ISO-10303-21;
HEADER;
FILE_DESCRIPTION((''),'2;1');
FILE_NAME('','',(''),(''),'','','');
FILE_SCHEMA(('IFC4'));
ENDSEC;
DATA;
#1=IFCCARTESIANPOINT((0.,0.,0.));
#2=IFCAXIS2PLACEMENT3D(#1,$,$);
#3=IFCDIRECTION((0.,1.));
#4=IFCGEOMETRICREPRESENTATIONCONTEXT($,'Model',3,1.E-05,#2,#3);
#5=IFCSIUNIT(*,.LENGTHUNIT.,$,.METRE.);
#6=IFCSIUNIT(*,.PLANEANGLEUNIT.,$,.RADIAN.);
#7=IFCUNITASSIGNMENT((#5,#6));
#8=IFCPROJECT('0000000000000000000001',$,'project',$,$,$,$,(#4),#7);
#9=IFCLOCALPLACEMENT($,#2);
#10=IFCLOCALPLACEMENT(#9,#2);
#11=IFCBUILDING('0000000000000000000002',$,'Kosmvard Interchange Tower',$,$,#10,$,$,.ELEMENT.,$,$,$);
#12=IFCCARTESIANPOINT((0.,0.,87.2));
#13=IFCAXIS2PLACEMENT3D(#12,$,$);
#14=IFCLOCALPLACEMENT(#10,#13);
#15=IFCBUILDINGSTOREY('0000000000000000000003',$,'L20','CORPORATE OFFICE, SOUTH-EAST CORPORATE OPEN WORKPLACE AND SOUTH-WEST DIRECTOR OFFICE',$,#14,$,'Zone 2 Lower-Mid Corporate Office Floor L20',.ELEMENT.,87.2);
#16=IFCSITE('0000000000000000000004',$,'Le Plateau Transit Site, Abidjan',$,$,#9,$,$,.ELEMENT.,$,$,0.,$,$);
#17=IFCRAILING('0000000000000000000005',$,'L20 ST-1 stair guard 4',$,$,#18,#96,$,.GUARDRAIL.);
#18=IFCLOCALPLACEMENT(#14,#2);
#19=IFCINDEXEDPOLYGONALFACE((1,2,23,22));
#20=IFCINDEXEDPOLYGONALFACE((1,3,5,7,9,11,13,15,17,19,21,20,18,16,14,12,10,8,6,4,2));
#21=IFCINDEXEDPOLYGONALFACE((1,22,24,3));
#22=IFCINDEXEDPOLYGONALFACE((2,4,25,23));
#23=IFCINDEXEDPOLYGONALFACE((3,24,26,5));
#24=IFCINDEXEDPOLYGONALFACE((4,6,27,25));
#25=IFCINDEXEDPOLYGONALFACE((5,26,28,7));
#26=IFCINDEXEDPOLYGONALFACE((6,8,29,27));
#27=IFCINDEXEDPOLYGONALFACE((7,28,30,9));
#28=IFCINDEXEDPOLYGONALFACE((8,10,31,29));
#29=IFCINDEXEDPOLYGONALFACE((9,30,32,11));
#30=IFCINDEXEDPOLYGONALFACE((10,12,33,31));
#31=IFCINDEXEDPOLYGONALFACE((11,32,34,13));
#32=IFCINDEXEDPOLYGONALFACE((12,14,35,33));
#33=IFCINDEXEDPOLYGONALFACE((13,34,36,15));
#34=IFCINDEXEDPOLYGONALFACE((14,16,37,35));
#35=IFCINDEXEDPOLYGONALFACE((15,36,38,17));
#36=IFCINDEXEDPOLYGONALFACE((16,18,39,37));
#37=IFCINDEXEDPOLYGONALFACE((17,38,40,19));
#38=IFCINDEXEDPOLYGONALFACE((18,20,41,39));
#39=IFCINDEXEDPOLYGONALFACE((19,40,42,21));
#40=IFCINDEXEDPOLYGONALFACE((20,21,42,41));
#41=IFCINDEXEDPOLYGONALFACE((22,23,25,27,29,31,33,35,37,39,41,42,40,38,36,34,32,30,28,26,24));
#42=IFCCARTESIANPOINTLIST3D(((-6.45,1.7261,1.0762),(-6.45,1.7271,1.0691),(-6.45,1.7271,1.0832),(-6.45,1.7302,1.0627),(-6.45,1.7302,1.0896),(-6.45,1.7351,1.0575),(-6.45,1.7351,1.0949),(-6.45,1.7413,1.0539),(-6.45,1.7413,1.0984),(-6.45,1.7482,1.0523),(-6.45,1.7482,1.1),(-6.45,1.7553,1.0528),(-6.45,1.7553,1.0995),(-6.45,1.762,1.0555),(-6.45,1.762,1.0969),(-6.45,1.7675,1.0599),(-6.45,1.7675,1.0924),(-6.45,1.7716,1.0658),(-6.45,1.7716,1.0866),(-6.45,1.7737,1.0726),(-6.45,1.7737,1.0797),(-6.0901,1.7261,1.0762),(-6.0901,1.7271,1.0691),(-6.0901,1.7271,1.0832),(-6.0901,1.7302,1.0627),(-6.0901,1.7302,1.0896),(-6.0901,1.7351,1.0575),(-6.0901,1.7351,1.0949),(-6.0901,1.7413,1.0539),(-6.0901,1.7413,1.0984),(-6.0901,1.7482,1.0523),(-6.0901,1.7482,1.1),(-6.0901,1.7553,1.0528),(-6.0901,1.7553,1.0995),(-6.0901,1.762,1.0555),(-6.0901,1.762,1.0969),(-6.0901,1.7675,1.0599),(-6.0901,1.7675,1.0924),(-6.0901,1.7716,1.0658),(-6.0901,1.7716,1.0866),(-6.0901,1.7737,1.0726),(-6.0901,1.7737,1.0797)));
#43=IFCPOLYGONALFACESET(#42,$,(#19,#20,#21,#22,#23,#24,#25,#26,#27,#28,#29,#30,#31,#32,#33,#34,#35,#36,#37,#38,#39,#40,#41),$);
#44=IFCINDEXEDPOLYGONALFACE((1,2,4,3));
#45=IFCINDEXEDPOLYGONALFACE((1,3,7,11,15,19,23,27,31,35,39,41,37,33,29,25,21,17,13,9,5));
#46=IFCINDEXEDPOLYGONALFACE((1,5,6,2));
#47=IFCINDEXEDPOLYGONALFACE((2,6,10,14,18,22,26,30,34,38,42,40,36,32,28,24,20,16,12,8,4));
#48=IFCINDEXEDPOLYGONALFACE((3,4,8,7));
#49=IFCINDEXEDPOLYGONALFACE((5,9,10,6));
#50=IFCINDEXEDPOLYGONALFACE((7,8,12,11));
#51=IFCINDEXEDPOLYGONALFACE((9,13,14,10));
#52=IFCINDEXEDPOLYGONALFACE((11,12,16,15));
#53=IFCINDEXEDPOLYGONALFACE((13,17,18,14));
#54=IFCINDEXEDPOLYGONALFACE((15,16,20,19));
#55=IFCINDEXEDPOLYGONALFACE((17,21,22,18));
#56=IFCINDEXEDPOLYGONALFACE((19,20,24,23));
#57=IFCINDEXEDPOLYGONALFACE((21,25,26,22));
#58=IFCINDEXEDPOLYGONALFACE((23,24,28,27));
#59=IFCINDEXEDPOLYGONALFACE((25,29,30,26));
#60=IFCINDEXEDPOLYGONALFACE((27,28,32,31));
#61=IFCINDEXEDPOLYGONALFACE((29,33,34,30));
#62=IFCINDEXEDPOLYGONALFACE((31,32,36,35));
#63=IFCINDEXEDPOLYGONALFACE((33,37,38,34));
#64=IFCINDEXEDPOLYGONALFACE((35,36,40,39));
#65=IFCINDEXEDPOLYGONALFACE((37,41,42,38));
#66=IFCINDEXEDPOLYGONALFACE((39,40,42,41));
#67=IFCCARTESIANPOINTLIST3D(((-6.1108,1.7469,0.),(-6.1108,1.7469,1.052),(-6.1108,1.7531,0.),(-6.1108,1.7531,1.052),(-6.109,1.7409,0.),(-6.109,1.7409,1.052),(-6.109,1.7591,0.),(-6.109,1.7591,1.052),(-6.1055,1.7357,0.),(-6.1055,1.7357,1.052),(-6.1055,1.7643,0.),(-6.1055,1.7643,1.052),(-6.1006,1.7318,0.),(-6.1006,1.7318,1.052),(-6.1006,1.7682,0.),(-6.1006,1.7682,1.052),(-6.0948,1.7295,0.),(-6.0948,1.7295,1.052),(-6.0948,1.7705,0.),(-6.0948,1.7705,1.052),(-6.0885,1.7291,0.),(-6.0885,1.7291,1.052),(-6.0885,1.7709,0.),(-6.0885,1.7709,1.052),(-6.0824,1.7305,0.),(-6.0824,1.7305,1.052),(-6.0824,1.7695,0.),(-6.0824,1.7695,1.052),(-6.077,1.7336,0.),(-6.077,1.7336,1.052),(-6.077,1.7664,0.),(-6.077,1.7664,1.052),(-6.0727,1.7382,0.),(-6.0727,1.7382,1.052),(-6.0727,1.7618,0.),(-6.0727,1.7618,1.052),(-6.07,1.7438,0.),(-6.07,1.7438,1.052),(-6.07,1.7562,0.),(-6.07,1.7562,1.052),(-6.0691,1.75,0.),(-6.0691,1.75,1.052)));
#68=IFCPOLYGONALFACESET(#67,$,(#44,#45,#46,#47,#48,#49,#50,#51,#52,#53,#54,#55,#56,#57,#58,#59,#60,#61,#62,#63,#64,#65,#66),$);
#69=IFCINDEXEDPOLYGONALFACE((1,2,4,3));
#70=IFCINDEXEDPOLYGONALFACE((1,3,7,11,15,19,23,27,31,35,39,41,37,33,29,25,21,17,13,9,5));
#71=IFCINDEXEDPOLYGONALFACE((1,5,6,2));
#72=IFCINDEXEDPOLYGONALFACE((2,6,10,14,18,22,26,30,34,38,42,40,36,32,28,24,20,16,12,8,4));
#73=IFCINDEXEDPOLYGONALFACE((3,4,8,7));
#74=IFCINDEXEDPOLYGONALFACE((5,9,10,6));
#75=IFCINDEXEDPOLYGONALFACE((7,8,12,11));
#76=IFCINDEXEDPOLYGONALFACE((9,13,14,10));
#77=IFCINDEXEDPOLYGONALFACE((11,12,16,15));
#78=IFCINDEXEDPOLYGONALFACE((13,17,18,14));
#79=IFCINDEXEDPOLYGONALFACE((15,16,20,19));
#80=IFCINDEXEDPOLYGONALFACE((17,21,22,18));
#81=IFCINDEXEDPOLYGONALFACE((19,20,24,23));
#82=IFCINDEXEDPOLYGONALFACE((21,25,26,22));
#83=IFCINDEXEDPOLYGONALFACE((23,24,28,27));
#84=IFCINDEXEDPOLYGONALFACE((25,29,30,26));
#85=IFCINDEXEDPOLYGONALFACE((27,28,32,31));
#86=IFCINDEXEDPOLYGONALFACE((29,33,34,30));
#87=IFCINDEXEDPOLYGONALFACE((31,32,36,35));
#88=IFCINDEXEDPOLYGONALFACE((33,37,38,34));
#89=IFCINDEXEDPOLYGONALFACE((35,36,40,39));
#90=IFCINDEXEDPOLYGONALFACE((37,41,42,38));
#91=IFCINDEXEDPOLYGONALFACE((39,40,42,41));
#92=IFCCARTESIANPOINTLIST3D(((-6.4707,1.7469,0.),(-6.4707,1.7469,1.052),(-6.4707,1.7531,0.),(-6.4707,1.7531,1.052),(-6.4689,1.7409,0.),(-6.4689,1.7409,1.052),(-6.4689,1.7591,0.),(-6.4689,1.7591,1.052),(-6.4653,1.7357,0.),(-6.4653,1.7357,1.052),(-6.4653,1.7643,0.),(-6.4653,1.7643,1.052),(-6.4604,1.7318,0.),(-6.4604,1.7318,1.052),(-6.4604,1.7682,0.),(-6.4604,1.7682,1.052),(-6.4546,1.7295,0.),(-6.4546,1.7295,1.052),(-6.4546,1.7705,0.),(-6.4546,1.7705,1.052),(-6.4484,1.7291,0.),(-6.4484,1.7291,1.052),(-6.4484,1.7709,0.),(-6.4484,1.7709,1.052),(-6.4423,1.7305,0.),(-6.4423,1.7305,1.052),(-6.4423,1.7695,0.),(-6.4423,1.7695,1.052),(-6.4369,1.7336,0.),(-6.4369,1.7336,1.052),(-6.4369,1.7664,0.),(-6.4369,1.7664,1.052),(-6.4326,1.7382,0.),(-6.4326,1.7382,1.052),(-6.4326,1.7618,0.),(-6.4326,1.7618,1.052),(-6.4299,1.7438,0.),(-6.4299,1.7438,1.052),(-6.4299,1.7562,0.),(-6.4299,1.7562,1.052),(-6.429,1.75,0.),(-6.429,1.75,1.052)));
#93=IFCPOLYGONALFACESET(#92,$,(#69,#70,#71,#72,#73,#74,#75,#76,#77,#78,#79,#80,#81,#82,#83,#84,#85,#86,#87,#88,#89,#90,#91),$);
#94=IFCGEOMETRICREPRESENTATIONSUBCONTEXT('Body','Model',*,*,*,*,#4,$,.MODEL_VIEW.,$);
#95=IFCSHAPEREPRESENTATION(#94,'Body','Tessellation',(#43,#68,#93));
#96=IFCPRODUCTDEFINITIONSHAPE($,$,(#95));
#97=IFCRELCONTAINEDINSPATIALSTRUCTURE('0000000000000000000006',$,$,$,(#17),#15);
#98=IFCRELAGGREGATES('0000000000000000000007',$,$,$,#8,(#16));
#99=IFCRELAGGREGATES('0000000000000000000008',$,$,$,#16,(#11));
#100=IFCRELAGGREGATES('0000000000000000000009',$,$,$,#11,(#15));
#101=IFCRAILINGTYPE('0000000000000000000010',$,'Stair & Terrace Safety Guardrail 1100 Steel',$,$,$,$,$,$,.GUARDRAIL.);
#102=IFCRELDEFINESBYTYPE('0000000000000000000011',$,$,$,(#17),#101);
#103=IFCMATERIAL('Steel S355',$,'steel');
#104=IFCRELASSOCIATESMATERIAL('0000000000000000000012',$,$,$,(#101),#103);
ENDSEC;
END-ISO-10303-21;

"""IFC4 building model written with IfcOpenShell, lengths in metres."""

from ifc_helpers import new_model, si_unit, direction, frame, origin, origin_2d, place, context, subcontext, project, spatial, circle, extrude, source, transform, mapped, material, type_object, element, save


model = new_model("IFC4")

# Units and contexts
model_context = context("Model", 3, precision=1e-05, world=origin(), true_north=direction((0.0, 1.0)))
body_context = subcontext(model_context, "Body", "Model", "MODEL_VIEW")
ifc_project = project(units=[si_unit("LENGTHUNIT", "METRE"), si_unit("PLANEANGLEUNIT", "RADIAN")], contexts=[model_context])

# Site, building, storey
site_placement = place(None, origin())
site = spatial("IfcSite", under=ifc_project, at=site_placement, Name="Le Plateau Transit Site, Abidjan", CompositionType="ELEMENT", RefElevation=0.0)
building_placement = place(site_placement, origin())
building = spatial("IfcBuilding", under=site, at=building_placement, Name="Kosmvard Interchange Tower", CompositionType="ELEMENT")
storey_placement = place(building_placement, frame((0.0, 0.0, 87.2)))
storey = spatial("IfcBuildingStorey", under=building, at=storey_placement, Name="L20", Description="CORPORATE OFFICE, SOUTH-EAST CORPORATE OPEN WORKPLACE AND SOUTH-WEST DIRECTOR OFFICE", LongName="Zone 2 Lower-Mid Corporate Office Floor L20", CompositionType="ELEMENT", Elevation=87.2)

# Railing
ifc_material_1 = material(Name="Steel S355", Category="steel")
railing_type = type_object("IfcRailingType", Name="Stair & Terrace Safety Guardrail 1100 Steel", PredefinedType="GUARDRAIL", material=ifc_material_1)
shared_shape_1 = source(origin(), body_context, "Body", "SweptSolid", [
    extrude(circle(Radius=0.0239, at=origin_2d()), frame((0.0, 0.0, 1.0762), z_axis=(-1.0, 0.0, 0.0), x_axis=(0.0, -1.0, 0.0)), (0.0, 0.0, 1.0), 0.3599),
    extrude(circle(Radius=0.021, at=origin_2d()), origin(), (0.0, 0.0, 1.0), 1.052),
    extrude(circle(Radius=0.021, at=origin_2d()), frame((-0.3599, 0.0, 0.0)), (0.0, 0.0, 1.0), 1.052),
])
railing_placement = place(storey_placement, frame((-6.0901, 1.75, 0.0)))
element("IfcRailing", 1, at=railing_placement, inside=storey, type_object=railing_type, Name="L20 ST-1 stair guard 4", PredefinedType="GUARDRAIL", context=body_context, shape_type="MappedRepresentation", body=[
    mapped(shared_shape_1, transform((0.0, 0.0, 0.0), scale=1.0)),
])

save(model, "model.ifc")
